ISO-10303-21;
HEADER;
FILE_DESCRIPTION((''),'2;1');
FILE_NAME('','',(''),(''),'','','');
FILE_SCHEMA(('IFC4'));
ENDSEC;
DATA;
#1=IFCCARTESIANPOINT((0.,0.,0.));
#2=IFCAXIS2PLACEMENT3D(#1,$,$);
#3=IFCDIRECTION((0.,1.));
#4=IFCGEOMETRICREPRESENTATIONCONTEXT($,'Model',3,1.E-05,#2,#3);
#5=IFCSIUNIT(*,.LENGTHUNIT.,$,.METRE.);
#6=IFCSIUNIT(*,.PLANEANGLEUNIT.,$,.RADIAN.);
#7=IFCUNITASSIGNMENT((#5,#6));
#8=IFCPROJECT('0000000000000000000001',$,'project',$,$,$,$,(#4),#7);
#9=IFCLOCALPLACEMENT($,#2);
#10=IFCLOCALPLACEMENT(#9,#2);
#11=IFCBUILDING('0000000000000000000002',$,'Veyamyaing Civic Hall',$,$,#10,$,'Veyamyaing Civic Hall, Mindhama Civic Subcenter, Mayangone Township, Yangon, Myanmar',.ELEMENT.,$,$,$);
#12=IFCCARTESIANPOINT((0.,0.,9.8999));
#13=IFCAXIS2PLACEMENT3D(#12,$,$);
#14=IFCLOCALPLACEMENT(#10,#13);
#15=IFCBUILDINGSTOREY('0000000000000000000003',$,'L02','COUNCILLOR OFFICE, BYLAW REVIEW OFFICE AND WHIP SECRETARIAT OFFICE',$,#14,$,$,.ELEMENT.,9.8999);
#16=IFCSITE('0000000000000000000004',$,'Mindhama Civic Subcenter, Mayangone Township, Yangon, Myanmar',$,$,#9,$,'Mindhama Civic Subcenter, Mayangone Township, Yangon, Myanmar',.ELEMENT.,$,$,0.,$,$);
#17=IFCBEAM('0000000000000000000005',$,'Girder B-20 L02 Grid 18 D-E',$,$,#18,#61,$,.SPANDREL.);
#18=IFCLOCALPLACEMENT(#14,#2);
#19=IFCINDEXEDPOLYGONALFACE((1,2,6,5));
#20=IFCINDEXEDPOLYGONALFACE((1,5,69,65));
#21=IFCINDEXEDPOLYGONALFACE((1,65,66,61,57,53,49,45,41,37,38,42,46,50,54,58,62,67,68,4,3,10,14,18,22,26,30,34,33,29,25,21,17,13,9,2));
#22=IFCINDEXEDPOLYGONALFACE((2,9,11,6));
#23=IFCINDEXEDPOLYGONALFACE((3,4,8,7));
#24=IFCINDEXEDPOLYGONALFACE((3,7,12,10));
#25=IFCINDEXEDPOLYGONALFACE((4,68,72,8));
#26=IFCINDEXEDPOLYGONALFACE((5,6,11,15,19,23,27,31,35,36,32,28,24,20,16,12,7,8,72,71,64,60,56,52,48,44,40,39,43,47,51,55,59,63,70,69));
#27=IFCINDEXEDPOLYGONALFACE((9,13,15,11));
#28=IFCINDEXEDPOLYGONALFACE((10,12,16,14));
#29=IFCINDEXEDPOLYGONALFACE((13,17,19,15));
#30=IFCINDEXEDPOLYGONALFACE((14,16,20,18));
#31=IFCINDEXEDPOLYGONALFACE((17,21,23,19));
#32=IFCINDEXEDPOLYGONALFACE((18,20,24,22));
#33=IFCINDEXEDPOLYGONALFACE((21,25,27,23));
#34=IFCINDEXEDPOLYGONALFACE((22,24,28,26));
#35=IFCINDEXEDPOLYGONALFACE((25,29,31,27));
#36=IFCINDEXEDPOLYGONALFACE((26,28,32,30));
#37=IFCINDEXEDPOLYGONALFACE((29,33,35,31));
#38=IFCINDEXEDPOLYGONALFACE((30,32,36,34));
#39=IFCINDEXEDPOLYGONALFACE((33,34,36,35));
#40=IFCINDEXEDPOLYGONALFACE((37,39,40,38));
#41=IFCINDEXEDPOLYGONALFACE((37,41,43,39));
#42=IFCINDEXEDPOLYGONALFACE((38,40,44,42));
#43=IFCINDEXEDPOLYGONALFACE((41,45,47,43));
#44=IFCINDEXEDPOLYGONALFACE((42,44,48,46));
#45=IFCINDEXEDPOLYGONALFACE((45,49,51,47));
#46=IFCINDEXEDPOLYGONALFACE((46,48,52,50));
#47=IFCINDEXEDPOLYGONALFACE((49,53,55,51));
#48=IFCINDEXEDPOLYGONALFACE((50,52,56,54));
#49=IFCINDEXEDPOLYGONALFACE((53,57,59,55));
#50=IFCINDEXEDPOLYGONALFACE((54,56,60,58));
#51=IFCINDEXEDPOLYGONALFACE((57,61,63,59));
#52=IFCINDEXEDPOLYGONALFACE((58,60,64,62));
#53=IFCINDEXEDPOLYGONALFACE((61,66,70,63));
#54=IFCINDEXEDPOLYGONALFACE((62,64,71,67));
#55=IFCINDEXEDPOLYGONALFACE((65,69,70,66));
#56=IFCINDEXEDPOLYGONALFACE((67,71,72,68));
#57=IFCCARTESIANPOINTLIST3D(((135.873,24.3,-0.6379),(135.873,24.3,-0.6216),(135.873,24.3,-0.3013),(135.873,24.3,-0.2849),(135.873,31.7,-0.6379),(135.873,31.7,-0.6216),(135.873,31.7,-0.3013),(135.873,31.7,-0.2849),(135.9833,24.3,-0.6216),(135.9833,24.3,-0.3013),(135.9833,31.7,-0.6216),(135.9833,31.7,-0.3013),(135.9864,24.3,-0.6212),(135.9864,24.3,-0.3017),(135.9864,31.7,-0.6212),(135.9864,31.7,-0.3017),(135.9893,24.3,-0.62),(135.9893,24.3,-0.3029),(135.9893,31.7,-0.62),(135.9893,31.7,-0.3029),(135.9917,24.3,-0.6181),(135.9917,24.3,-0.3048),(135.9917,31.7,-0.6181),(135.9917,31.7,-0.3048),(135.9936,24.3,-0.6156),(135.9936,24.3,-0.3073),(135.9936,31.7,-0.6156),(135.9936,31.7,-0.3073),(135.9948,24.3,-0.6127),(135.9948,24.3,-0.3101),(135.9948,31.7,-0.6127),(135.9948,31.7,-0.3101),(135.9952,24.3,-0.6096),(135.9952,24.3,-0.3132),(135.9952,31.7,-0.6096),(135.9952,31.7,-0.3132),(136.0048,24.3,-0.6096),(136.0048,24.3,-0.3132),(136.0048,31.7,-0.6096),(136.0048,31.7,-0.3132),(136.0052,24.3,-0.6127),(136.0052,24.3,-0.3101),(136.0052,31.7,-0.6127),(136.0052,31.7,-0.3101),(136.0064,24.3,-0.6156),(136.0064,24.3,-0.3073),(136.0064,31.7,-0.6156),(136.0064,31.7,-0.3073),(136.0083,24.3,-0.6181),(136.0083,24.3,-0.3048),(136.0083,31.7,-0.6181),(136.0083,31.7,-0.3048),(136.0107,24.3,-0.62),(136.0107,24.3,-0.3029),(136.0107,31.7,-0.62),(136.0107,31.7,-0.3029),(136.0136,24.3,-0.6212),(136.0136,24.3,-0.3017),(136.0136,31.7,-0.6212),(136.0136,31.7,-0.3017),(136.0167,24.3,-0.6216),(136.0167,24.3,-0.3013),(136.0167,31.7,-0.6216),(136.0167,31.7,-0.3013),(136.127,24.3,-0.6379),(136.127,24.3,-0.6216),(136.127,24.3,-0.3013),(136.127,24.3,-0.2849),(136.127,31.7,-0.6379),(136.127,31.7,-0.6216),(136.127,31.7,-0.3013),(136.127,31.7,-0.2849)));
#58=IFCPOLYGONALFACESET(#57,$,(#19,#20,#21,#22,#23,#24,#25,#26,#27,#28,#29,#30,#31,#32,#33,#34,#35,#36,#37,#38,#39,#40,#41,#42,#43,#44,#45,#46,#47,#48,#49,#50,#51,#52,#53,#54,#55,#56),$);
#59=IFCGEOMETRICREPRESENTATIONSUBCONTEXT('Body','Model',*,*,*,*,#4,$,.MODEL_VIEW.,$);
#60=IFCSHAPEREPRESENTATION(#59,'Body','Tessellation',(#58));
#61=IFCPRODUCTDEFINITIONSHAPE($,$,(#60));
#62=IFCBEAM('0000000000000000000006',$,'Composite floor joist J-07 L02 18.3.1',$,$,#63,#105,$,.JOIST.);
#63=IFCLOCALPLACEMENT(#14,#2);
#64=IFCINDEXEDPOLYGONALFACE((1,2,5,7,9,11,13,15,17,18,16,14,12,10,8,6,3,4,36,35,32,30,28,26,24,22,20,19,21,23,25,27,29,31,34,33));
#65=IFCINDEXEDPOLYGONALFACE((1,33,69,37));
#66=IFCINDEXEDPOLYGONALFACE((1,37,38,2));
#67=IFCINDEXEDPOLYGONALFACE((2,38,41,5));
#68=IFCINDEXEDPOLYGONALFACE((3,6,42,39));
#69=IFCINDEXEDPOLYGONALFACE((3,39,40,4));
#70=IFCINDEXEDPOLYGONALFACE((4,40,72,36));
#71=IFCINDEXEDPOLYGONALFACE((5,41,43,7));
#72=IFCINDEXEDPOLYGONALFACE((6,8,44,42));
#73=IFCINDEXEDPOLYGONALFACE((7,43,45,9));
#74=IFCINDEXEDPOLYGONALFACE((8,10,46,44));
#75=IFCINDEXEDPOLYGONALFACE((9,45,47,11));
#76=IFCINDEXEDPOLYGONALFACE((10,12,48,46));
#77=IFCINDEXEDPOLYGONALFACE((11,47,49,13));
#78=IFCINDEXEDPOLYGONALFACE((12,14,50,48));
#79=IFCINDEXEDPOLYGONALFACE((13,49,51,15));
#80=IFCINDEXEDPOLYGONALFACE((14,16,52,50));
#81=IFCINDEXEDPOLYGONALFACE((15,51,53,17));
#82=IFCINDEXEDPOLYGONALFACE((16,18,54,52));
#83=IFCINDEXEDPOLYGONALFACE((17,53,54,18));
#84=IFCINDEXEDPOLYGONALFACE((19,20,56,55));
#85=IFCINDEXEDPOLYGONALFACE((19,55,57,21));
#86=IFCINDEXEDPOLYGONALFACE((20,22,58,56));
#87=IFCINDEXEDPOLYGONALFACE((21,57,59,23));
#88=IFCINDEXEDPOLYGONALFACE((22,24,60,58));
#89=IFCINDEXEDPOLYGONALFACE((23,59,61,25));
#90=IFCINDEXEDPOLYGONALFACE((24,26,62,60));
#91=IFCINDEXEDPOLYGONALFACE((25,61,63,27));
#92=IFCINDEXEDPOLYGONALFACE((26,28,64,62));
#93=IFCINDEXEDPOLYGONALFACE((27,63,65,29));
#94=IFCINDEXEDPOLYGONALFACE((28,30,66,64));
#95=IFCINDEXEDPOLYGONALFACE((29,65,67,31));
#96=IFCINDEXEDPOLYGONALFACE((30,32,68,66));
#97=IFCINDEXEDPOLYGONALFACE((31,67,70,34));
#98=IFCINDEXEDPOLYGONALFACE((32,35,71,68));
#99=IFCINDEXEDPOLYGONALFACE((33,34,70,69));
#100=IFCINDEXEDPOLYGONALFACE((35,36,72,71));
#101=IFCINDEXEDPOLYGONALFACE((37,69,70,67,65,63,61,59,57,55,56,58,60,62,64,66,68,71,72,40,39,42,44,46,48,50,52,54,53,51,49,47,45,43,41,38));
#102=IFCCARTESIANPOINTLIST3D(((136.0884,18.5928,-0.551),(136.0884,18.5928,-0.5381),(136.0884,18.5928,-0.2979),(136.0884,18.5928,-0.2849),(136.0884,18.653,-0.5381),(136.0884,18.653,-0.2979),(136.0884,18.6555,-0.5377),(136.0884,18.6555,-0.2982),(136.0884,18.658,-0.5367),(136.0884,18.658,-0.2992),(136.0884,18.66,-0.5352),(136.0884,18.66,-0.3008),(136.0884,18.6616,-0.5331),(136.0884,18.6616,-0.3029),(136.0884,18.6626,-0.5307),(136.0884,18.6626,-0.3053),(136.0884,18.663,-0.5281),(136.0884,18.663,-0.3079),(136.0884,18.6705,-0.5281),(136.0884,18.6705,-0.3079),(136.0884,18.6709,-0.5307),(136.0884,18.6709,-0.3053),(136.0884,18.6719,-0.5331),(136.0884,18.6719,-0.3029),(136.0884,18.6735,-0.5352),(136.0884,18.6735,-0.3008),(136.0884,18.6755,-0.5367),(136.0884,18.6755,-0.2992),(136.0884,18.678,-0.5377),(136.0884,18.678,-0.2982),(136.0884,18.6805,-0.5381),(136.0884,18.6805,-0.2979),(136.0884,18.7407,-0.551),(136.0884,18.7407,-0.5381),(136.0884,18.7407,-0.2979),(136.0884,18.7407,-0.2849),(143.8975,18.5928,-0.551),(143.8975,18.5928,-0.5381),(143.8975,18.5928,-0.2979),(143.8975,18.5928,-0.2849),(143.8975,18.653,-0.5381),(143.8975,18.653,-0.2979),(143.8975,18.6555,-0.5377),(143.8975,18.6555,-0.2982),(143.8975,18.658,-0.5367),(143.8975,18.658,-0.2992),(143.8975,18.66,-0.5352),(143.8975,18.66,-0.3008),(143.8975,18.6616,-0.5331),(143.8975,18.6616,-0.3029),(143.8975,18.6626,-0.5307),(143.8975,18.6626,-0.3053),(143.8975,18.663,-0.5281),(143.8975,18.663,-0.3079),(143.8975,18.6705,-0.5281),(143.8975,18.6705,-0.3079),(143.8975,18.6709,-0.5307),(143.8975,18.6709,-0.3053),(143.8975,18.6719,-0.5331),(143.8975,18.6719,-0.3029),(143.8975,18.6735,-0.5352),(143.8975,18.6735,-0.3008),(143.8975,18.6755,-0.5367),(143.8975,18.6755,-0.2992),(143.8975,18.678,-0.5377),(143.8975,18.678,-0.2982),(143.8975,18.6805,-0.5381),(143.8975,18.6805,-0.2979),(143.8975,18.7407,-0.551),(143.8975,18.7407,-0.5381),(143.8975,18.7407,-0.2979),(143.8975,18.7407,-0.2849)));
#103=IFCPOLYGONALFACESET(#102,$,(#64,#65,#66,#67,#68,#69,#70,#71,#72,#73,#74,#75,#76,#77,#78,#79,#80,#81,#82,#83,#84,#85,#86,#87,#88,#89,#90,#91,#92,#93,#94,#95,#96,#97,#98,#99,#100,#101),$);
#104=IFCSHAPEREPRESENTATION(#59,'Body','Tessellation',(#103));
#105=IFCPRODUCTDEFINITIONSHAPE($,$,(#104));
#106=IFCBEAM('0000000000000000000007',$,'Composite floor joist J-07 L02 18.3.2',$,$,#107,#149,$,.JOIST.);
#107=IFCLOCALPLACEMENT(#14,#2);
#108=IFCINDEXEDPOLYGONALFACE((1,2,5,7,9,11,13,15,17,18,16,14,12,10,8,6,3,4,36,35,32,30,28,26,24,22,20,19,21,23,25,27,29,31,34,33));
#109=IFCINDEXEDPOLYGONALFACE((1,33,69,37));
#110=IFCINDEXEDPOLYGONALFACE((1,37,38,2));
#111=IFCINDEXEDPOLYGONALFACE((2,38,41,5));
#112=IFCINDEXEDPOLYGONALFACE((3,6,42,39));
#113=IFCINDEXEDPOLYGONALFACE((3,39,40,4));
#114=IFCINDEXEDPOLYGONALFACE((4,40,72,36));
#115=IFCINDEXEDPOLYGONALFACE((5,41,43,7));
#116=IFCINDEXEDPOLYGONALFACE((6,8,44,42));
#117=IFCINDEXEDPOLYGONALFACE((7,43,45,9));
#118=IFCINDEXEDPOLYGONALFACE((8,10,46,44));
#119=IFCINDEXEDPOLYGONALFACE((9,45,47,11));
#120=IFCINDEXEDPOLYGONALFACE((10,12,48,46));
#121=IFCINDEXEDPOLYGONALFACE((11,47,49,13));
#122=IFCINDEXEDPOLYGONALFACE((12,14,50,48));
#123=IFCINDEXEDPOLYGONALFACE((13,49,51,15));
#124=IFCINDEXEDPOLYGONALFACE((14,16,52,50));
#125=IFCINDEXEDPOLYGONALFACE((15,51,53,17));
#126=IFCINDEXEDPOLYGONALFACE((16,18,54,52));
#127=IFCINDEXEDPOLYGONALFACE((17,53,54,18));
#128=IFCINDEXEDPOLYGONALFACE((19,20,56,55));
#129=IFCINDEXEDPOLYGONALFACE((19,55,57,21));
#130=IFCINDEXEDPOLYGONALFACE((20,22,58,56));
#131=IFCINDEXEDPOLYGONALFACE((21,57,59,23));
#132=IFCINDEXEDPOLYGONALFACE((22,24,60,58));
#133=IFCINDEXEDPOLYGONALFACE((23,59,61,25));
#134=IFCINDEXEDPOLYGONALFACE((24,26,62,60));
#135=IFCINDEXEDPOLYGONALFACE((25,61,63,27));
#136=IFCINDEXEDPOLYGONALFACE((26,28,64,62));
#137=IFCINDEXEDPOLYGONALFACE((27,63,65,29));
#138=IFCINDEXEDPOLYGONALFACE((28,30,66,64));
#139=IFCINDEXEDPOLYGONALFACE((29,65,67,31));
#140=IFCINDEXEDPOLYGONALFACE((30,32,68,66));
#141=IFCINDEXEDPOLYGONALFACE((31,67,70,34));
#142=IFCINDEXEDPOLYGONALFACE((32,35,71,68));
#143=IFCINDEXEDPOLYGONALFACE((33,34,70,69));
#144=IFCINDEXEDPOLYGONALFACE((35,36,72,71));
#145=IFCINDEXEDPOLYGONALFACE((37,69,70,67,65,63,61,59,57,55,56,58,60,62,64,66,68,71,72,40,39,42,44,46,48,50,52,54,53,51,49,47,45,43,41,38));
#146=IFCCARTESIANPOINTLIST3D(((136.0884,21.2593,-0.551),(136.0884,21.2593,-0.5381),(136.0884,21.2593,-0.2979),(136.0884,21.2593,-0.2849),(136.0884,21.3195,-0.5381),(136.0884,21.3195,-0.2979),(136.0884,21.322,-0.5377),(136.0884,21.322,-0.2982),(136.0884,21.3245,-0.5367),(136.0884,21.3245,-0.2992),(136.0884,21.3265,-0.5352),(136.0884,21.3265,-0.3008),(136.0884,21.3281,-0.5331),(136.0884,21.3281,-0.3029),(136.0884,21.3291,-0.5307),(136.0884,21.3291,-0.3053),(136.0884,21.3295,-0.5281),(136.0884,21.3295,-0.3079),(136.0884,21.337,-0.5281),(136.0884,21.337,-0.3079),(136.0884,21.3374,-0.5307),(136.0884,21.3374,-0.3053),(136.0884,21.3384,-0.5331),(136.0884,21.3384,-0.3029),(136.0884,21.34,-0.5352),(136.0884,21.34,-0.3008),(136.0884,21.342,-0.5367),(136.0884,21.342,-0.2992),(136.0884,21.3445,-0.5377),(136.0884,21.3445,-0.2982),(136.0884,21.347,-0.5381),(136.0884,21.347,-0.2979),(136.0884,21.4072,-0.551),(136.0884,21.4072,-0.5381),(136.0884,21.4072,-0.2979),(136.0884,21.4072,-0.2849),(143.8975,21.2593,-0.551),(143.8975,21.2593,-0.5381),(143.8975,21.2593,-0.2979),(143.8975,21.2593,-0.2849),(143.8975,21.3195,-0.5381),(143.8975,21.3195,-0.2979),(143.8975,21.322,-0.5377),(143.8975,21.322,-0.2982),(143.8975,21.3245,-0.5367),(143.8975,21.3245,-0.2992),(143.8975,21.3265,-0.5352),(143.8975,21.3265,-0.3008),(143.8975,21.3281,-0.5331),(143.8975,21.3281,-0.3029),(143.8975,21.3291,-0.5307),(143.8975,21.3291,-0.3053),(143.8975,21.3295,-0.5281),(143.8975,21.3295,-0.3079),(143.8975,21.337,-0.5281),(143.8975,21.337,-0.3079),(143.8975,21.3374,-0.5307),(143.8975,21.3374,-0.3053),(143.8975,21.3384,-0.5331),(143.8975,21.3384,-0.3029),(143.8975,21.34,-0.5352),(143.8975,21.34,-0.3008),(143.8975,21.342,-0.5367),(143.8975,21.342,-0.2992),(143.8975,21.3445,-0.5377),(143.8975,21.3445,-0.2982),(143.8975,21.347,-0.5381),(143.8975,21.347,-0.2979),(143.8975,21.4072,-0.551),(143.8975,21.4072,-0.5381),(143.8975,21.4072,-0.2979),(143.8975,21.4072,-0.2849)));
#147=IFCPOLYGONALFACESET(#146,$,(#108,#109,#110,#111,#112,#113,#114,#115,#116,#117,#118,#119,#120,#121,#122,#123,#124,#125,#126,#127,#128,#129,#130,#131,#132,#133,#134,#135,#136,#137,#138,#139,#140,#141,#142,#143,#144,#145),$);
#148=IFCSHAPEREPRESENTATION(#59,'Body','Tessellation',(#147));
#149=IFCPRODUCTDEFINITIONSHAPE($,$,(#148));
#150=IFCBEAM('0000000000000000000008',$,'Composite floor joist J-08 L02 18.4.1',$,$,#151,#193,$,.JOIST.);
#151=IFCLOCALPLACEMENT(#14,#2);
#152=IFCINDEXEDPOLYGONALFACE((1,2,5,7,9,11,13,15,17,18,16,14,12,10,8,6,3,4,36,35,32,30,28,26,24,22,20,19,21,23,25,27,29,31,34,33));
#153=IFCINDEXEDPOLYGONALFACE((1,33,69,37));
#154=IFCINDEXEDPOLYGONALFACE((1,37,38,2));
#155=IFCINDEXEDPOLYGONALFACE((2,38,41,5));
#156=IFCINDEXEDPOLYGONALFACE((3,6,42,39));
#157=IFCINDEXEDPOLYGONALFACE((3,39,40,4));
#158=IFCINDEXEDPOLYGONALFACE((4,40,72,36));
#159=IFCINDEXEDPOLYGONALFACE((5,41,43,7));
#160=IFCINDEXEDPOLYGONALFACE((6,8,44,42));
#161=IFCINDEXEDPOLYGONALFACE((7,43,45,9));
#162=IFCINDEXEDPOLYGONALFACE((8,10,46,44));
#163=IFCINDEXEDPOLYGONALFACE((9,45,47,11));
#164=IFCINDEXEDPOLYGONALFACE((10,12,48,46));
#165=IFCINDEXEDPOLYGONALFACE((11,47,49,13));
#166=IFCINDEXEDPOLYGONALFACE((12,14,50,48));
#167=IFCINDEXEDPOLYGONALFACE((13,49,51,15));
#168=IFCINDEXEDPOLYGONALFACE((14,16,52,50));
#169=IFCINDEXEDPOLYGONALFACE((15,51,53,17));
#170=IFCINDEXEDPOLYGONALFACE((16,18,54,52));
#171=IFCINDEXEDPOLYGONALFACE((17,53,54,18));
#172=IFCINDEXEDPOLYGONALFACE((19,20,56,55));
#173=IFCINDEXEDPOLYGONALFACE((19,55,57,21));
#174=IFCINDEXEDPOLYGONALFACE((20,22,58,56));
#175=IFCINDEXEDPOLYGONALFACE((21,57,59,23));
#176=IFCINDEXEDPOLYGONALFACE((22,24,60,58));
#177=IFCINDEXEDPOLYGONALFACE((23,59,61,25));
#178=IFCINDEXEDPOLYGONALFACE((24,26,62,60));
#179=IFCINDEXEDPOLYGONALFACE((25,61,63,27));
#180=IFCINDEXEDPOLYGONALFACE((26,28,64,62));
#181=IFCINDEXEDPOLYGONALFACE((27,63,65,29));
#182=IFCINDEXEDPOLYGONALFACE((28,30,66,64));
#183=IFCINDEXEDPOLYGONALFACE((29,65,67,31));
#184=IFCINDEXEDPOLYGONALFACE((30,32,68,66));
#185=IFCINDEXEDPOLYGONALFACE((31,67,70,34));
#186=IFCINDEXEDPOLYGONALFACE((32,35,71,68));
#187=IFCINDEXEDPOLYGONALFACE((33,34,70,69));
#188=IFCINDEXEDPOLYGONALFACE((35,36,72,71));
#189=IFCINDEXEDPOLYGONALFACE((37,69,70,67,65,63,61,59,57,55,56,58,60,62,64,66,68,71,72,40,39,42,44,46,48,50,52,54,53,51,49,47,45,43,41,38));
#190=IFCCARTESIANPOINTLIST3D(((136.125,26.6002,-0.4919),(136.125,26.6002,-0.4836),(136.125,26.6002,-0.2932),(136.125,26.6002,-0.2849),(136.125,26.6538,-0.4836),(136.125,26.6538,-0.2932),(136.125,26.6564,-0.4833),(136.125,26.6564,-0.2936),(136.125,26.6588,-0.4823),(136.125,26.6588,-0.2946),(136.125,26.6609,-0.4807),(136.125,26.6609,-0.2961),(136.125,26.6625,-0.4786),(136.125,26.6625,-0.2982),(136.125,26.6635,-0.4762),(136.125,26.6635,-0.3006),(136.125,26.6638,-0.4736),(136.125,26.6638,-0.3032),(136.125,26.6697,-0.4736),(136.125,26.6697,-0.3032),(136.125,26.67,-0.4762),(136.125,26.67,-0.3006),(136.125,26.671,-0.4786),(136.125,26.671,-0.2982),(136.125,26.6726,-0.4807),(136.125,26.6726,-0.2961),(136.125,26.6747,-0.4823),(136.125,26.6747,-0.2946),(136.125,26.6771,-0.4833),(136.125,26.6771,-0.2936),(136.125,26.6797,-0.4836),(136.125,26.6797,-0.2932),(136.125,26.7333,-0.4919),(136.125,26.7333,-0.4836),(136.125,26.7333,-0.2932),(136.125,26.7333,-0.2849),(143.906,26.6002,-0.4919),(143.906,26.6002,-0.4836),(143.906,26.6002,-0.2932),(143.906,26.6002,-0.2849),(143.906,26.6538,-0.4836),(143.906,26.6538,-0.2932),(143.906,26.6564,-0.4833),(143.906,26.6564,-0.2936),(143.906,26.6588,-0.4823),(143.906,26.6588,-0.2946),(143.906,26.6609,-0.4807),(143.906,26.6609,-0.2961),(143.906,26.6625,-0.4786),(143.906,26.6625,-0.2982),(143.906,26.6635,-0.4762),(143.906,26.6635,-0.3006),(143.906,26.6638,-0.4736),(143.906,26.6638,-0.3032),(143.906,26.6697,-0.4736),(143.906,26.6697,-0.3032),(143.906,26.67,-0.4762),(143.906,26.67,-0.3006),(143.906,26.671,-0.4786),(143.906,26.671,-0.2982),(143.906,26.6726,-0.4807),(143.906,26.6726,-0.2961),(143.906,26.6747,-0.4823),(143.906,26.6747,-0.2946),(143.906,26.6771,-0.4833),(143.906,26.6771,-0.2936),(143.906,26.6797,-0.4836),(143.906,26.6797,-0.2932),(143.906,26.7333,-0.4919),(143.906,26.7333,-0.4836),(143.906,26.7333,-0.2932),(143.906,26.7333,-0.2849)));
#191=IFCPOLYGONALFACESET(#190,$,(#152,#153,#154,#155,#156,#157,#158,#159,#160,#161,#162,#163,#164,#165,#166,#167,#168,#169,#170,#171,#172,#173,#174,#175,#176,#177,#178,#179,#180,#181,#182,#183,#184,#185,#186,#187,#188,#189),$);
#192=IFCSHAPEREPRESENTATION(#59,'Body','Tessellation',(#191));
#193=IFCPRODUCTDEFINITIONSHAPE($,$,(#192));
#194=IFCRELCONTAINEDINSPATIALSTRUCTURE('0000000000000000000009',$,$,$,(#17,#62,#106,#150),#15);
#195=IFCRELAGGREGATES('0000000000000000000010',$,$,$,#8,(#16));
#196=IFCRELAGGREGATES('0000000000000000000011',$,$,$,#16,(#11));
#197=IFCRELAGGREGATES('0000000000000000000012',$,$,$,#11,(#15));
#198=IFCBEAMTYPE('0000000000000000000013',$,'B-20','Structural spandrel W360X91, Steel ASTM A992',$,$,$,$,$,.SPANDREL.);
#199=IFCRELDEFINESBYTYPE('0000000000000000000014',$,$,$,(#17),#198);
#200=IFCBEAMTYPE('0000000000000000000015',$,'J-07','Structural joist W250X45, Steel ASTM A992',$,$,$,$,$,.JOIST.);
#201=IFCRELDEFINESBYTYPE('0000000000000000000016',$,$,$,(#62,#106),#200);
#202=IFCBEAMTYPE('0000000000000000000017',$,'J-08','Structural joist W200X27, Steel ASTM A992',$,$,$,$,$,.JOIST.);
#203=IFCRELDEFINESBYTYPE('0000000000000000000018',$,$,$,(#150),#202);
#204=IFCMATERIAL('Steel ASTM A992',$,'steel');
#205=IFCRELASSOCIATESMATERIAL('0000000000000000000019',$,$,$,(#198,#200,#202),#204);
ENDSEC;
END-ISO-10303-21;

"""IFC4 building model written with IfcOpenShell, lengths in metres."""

from ifc_helpers import new_model, si_unit, direction, frame, origin, origin_2d, place, context, subcontext, project, spatial, i_section, extrude, material, material_profile, profile_set, type_object, element, save


model = new_model("IFC4")

# Units and contexts
model_context = context("Model", 3, precision=1e-05, world=origin(), true_north=direction((0.0, 1.0)))
body_context = subcontext(model_context, "Body", "Model", "MODEL_VIEW")
ifc_project = project(units=[si_unit("LENGTHUNIT", "METRE"), si_unit("PLANEANGLEUNIT", "RADIAN")], contexts=[model_context])

# Site, building, storey
site_placement = place(None, origin())
site = spatial("IfcSite", under=ifc_project, at=site_placement, Name="Mindhama Civic Subcenter, Mayangone Township, Yangon, Myanmar", LongName="Mindhama Civic Subcenter, Mayangone Township, Yangon, Myanmar", CompositionType="ELEMENT", RefElevation=0.0)
building_placement = place(site_placement, origin())
building = spatial("IfcBuilding", under=site, at=building_placement, Name="Veyamyaing Civic Hall", LongName="Veyamyaing Civic Hall, Mindhama Civic Subcenter, Mayangone Township, Yangon, Myanmar", CompositionType="ELEMENT")
storey_placement = place(building_placement, frame((0.0, 0.0, 9.8999)))
storey = spatial("IfcBuildingStorey", under=building, at=storey_placement, Name="L02", Description="COUNCILLOR OFFICE, BYLAW REVIEW OFFICE AND WHIP SECRETARIAT OFFICE", CompositionType="ELEMENT", Elevation=9.8999)

# Beams
ifc_material_1 = material(Name="Steel ASTM A992", Category="steel")
ifc_material_profile_1 = material_profile(ifc_material_1, i_section(OverallWidth=0.2539, OverallDepth=0.353, WebThickness=0.0095, FlangeThickness=0.0164, FilletRadius=0.012, at=origin_2d()), Name="W360X91")
ifc_profile_set_1 = profile_set([ifc_material_profile_1], Name="Steel ASTM A992")
beam_type_1 = type_object("IfcBeamType", Name="B-20", Description="Structural spandrel W360X91, Steel ASTM A992", PredefinedType="SPANDREL", material=ifc_profile_set_1)
beam_1_placement = place(storey_placement, frame((136.0, 24.3, -0.4614), z_axis=(0.0, 1.0, 0.0), x_axis=(-1.0, 0.0, 0.0)))
element("IfcBeam", 1, at=beam_1_placement, inside=storey, type_object=beam_type_1, Name="Girder B-20 L02 Grid 18 D-E", PredefinedType="SPANDREL", context=body_context, shape_type="SweptSolid", body=[
    extrude(i_section(OverallWidth=0.2539, OverallDepth=0.353, WebThickness=0.0095, FlangeThickness=0.0164, FilletRadius=0.012, at=origin_2d()), origin(), (0.0, 0.0, 1.0), 7.3999),
])
ifc_material_profile_2 = material_profile(ifc_material_1, i_section(OverallWidth=0.1479, OverallDepth=0.2661, WebThickness=0.0076, FlangeThickness=0.0129, FilletRadius=0.01, at=origin_2d()), Name="W250X45")
ifc_profile_set_2 = profile_set([ifc_material_profile_2], Name="Steel ASTM A992")
beam_type_2 = type_object("IfcBeamType", Name="J-07", Description="Structural joist W250X45, Steel ASTM A992", PredefinedType="JOIST", material=ifc_profile_set_2)
for number, where, z_axis, x_axis, name in (
    (2, (136.0884, 18.6667, -0.418), (1.0, 0.0, 0.0), (0.0, 1.0, 0.0), "Composite floor joist J-07 L02 18.3.1"),
    (3, (136.0884, 21.3333, -0.418), (1.0, 0.0, 0.0), (0.0, 1.0, 0.0), "Composite floor joist J-07 L02 18.3.2"),
):
    element("IfcBeam", number, at=place(storey_placement, frame(where, z_axis=z_axis, x_axis=x_axis)), inside=storey, type_object=beam_type_2, Name=name, PredefinedType="JOIST", context=body_context, shape_type="SweptSolid", body=[
        extrude(i_section(OverallWidth=0.1479, OverallDepth=0.2661, WebThickness=0.0076, FlangeThickness=0.0129, FilletRadius=0.01, at=origin_2d()), origin(), (0.0, 0.0, 1.0), 7.8091),
    ])
ifc_material_profile_3 = material_profile(ifc_material_1, i_section(OverallWidth=0.1331, OverallDepth=0.207, WebThickness=0.0059, FlangeThickness=0.0083, FilletRadius=0.01, at=origin_2d()), Name="W200X27")
ifc_profile_set_3 = profile_set([ifc_material_profile_3], Name="Steel ASTM A992")
beam_type_3 = type_object("IfcBeamType", Name="J-08", Description="Structural joist W200X27, Steel ASTM A992", PredefinedType="JOIST", material=ifc_profile_set_3)
beam_2_placement = place(storey_placement, frame((136.125, 26.6667, -0.3884), z_axis=(1.0, 0.0, 0.0), x_axis=(0.0, 1.0, 0.0)))
element("IfcBeam", 4, at=beam_2_placement, inside=storey, type_object=beam_type_3, Name="Composite floor joist J-08 L02 18.4.1", PredefinedType="JOIST", context=body_context, shape_type="SweptSolid", body=[
    extrude(i_section(OverallWidth=0.1331, OverallDepth=0.207, WebThickness=0.0059, FlangeThickness=0.0083, FilletRadius=0.01, at=origin_2d()), origin(), (0.0, 0.0, 1.0), 7.781),
])

save(model, "model.ifc")
